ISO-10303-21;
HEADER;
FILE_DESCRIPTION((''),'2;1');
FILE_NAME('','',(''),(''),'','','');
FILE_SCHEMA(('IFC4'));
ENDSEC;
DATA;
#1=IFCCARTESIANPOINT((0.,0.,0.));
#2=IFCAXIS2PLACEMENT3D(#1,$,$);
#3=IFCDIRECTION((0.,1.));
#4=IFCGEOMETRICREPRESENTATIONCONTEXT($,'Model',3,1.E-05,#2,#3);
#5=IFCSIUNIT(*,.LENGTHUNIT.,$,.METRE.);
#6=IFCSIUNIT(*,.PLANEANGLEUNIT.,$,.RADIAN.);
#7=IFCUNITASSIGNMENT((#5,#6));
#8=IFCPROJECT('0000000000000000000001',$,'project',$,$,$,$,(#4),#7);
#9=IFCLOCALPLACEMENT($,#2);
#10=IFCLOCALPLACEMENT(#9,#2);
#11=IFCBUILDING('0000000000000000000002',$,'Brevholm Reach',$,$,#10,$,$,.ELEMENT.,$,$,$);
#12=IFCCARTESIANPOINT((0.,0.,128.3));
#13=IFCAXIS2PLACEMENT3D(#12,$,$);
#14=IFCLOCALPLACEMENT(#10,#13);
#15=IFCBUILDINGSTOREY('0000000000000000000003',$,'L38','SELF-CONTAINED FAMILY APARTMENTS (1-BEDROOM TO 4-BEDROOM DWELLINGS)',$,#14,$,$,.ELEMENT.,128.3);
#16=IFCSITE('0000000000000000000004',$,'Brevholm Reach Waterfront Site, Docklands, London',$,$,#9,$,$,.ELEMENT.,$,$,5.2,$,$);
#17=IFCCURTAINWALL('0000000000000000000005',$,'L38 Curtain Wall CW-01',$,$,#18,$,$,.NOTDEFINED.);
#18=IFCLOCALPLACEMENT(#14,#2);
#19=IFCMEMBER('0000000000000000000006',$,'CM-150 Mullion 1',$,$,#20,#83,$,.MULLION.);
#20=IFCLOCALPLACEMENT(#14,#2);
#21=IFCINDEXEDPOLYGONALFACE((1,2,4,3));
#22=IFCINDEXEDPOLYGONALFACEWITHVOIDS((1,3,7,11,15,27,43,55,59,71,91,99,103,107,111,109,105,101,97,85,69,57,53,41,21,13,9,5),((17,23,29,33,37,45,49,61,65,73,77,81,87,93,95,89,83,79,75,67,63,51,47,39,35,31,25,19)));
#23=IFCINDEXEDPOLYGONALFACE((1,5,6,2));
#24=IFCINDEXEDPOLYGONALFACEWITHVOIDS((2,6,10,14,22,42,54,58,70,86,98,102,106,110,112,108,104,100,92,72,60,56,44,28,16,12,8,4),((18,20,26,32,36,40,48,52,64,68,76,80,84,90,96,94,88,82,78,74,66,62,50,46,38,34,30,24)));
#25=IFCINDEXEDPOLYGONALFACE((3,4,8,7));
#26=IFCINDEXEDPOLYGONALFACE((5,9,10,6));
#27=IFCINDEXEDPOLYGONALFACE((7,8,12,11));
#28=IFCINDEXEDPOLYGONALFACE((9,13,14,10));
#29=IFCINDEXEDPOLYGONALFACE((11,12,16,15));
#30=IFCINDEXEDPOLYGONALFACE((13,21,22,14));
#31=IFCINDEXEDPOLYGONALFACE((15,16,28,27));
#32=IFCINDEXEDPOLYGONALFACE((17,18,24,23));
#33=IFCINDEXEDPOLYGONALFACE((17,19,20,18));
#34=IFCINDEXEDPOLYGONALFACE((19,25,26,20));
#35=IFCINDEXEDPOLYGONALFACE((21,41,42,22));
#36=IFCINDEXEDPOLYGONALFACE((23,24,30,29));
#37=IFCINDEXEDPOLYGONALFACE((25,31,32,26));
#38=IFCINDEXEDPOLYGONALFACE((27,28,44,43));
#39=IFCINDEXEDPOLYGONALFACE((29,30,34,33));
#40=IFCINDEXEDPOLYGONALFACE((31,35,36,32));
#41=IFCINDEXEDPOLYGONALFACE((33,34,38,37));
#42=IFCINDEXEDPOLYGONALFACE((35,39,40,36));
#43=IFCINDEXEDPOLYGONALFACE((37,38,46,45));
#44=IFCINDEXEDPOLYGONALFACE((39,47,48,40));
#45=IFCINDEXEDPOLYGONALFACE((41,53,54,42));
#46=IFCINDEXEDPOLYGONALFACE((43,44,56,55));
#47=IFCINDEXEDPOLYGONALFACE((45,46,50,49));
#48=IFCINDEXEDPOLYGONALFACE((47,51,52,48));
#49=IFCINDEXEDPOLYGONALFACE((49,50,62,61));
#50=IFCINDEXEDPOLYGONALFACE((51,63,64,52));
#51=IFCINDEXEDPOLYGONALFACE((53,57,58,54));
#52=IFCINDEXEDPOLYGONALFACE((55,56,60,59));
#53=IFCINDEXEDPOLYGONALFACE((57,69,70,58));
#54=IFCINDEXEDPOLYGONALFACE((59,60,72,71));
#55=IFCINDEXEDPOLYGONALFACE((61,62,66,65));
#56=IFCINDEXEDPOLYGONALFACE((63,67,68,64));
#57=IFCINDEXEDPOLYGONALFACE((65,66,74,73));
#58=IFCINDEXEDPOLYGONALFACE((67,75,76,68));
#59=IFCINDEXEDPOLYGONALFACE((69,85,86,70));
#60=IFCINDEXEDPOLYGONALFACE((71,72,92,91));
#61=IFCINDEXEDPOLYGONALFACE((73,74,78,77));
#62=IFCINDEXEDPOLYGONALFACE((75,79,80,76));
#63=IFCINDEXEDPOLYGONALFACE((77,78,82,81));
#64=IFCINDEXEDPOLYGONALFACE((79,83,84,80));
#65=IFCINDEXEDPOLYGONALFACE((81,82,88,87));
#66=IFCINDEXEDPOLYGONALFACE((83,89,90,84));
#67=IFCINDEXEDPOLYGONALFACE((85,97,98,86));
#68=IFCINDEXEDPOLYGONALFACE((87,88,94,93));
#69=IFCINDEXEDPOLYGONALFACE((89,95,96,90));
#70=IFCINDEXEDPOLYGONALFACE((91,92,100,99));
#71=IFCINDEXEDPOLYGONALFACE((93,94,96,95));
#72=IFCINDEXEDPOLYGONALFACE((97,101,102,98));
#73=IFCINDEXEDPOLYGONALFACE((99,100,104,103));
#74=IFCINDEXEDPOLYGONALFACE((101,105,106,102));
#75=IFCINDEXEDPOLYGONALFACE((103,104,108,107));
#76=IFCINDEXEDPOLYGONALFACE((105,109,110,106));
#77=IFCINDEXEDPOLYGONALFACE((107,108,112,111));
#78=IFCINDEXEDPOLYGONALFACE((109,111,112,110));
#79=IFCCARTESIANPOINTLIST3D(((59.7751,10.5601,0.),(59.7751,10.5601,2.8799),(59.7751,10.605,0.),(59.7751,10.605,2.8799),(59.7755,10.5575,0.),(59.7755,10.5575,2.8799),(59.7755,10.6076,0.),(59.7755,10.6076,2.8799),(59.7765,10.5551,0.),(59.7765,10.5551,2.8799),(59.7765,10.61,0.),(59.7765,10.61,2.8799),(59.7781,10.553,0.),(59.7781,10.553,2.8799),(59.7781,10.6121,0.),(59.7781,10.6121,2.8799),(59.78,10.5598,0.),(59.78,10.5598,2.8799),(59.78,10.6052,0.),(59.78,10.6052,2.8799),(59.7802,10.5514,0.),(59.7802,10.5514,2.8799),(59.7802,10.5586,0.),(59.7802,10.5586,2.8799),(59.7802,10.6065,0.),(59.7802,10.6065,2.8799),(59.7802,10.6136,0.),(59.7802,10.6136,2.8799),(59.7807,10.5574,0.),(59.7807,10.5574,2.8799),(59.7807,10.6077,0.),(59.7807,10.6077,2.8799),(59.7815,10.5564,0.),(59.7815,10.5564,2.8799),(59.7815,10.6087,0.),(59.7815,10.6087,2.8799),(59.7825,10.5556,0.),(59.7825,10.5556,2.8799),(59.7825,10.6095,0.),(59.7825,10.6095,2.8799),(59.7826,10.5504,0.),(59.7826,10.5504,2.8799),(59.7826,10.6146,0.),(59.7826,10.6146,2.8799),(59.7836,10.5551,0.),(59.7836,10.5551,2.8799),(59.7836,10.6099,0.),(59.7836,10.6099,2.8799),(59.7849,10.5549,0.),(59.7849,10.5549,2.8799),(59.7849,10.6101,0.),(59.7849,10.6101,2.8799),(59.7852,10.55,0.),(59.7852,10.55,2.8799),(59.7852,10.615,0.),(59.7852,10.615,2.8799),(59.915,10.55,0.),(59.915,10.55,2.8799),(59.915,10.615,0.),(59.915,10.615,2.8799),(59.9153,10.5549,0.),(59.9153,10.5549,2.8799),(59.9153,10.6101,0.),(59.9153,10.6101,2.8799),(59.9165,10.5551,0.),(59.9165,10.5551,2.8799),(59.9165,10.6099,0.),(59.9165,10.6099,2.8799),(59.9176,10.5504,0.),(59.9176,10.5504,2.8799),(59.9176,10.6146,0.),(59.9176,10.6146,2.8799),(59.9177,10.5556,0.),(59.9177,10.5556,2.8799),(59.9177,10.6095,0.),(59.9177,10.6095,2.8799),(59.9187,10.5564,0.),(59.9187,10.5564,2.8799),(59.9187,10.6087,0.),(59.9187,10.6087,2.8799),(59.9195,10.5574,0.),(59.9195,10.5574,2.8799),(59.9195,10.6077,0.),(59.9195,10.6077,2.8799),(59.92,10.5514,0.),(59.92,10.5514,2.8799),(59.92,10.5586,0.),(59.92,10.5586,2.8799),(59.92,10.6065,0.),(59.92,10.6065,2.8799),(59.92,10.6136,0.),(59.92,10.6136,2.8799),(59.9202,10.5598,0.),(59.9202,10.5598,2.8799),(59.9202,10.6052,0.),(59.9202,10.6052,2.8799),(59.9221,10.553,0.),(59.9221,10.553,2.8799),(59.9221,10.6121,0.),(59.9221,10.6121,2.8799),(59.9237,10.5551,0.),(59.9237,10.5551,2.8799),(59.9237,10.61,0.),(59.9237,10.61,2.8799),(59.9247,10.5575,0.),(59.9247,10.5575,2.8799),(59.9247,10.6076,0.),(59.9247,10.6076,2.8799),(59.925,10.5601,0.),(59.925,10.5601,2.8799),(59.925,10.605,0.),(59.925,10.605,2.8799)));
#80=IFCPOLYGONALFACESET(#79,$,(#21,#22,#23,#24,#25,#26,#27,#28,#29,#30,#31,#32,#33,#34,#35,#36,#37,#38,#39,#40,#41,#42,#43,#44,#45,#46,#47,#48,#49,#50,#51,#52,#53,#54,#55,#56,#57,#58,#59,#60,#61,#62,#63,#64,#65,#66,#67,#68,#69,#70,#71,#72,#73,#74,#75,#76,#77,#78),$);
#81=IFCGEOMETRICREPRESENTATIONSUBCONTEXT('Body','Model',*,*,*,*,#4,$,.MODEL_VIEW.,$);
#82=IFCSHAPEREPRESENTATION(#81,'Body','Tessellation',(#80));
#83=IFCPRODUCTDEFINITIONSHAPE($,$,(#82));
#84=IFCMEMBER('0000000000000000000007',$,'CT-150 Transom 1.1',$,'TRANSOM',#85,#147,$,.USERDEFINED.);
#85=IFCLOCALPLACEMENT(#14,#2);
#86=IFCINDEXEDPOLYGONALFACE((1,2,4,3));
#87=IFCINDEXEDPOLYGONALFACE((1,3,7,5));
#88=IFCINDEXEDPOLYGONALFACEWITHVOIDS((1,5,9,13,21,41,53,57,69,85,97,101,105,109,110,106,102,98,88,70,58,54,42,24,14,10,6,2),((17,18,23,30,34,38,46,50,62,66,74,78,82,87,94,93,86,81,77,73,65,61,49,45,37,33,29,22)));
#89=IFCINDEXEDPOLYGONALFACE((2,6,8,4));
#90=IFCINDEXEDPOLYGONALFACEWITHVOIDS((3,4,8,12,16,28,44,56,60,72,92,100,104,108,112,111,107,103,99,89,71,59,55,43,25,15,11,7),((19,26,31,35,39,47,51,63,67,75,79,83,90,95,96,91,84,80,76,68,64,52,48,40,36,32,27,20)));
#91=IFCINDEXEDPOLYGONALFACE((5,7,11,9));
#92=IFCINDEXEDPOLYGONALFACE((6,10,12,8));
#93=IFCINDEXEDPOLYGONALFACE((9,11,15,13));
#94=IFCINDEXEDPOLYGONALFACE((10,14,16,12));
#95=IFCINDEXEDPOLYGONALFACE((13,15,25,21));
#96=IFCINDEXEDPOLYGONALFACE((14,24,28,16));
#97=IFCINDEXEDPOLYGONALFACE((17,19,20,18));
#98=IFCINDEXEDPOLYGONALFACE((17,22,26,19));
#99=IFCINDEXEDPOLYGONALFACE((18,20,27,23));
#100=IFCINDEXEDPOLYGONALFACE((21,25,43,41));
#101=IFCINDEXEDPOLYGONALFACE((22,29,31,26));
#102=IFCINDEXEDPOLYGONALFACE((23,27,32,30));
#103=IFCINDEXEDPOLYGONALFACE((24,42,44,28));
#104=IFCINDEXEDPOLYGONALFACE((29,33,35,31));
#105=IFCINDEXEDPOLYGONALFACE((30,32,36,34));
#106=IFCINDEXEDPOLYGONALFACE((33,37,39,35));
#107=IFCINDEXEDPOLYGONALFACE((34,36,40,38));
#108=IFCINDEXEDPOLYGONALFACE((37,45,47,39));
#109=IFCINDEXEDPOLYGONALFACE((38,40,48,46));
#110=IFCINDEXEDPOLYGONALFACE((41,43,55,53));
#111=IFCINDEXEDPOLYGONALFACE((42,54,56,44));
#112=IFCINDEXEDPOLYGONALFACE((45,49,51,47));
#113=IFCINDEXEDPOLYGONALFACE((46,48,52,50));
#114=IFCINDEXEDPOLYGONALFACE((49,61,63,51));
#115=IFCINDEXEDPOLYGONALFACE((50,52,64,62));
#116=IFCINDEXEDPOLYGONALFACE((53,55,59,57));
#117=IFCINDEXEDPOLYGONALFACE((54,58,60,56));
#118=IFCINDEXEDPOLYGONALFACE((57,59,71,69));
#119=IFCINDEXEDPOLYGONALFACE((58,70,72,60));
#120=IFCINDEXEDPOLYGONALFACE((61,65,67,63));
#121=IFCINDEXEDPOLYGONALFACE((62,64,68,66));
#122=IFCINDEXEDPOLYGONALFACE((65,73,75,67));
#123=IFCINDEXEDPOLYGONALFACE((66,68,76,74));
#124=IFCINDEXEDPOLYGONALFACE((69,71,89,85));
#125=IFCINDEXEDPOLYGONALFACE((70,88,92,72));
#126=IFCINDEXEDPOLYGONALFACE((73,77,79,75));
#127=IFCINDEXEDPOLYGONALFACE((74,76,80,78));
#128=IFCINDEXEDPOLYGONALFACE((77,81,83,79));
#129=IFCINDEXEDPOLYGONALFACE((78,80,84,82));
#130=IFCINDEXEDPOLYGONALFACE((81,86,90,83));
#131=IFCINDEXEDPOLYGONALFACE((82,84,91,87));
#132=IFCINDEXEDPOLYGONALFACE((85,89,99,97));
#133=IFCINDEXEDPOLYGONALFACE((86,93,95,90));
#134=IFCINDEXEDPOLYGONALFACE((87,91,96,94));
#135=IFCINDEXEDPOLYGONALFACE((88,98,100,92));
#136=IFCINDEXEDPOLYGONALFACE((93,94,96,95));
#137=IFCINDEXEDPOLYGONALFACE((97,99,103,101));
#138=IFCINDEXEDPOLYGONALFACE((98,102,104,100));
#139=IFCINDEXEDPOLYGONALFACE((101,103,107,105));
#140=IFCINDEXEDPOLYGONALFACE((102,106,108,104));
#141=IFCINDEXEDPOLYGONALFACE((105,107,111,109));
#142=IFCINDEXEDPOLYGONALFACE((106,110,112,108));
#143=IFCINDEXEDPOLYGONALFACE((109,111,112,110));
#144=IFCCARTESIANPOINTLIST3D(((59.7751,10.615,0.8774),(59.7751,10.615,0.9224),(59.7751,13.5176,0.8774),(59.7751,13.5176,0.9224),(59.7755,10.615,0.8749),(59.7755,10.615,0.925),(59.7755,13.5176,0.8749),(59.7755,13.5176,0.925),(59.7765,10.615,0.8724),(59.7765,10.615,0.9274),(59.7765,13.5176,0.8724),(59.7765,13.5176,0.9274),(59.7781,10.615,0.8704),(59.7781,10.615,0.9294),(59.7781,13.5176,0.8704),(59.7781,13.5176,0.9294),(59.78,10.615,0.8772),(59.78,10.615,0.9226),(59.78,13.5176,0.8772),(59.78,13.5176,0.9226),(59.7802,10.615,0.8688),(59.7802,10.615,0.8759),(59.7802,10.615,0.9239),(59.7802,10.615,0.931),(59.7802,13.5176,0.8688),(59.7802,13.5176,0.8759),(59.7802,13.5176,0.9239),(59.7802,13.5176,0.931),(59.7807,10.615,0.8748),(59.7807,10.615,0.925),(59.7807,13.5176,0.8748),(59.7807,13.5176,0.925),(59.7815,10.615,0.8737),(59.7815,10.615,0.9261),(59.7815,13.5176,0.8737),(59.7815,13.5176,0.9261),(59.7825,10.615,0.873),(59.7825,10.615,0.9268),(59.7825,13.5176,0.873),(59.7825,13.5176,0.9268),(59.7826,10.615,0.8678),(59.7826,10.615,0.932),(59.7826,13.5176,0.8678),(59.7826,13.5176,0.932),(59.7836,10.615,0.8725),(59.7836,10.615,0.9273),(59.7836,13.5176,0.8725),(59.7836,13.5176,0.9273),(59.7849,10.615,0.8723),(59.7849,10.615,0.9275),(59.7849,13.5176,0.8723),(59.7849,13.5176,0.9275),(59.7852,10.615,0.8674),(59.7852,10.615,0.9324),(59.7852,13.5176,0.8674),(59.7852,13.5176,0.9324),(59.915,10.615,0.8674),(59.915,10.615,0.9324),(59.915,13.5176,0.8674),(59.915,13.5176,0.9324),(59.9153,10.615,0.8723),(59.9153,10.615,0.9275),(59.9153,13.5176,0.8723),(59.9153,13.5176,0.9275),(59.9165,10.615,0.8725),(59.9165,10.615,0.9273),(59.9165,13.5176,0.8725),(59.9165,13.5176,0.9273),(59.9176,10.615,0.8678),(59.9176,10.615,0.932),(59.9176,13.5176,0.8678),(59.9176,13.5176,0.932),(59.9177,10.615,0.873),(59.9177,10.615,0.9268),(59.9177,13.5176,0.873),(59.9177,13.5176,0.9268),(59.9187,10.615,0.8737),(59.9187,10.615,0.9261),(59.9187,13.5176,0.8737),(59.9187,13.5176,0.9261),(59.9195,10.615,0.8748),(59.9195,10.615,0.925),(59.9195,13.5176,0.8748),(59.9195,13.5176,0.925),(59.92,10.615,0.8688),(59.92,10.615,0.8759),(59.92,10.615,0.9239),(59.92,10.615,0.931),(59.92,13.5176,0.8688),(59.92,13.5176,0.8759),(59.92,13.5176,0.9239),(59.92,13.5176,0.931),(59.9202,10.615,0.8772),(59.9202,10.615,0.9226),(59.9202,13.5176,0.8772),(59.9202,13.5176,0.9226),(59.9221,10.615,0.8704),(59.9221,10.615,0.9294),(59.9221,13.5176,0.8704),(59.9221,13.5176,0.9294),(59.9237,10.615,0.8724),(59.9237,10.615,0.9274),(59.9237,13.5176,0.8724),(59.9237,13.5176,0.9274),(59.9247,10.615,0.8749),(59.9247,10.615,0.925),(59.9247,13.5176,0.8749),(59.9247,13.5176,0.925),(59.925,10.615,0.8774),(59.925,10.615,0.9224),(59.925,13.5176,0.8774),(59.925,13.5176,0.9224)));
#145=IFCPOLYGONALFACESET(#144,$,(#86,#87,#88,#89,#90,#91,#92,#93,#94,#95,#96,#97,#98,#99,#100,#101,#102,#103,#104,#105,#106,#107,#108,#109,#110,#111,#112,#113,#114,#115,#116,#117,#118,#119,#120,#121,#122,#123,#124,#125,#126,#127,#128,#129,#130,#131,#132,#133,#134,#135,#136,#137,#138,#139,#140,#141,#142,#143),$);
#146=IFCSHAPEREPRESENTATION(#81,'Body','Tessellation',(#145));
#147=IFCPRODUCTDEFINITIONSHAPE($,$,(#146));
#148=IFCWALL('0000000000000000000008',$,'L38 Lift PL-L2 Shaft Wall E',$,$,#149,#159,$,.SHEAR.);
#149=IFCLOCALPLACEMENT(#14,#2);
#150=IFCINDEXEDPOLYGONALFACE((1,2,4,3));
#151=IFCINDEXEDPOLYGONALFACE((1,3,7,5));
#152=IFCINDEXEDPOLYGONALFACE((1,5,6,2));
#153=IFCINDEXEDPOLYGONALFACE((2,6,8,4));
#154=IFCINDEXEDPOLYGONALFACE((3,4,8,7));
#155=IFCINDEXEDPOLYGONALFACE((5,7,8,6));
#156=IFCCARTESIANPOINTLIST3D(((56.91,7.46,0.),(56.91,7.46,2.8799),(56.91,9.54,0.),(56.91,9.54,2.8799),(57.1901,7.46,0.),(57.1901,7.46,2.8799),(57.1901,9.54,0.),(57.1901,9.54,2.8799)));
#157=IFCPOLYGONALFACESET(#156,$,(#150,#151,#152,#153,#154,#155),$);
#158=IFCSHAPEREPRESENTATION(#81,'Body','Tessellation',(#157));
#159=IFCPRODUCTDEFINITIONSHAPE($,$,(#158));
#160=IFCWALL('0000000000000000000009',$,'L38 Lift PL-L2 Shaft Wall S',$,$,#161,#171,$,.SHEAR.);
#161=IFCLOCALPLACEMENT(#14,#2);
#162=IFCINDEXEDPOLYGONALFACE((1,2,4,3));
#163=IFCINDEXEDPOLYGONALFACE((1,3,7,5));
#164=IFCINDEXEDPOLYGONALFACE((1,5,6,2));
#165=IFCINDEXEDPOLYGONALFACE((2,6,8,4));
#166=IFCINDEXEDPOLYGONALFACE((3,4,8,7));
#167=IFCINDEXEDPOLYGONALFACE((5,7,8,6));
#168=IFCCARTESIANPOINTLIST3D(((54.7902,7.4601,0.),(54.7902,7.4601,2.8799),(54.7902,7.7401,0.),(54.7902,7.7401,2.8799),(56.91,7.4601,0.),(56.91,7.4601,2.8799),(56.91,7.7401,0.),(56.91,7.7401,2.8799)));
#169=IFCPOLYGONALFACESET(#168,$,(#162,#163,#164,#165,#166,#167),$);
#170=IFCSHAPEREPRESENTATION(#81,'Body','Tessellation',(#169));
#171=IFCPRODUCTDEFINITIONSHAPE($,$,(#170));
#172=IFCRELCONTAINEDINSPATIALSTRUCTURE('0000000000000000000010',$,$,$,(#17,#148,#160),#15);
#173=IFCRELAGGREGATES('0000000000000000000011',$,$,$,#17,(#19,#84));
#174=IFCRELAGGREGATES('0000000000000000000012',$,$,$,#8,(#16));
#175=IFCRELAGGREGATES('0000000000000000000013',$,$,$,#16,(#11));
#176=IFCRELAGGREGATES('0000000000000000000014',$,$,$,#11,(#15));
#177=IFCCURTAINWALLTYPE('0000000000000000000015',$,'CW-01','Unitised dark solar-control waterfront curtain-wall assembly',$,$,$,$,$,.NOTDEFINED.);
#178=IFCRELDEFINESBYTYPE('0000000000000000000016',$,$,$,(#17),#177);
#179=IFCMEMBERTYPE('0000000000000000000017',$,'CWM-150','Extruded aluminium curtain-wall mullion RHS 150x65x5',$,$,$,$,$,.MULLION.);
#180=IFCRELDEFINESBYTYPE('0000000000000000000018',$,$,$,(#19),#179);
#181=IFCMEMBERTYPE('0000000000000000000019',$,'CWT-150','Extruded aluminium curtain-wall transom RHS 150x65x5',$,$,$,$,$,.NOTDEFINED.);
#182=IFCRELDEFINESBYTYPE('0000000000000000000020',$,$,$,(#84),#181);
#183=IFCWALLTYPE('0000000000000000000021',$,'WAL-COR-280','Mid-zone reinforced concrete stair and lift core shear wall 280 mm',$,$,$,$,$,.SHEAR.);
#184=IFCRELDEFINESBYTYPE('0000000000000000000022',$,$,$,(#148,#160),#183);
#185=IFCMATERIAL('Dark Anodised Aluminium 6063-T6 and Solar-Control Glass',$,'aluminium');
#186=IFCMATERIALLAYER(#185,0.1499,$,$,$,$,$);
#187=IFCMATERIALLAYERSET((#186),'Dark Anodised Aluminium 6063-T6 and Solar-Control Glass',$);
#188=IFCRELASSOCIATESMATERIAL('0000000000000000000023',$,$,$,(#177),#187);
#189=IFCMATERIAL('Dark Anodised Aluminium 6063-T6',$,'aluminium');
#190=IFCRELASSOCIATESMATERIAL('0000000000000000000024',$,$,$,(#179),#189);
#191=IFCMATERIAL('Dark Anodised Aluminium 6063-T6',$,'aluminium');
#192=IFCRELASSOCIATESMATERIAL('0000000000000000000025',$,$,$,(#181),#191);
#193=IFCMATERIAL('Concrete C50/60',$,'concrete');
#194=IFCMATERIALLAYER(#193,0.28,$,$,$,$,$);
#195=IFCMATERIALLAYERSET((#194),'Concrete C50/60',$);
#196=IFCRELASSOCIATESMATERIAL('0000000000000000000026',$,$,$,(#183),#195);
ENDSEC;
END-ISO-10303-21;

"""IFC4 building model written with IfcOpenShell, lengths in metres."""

from ifc_helpers import new_model, si_unit, direction, frame, frame_2d, origin, origin_2d, place, context, subcontext, project, spatial, rectangle, hollow_rectangle, extrude, material, layer, layer_set, material_profile, profile_set, type_object, element, aggregate, save


model = new_model("IFC4")

# Units and contexts
model_context = context("Model", 3, precision=1e-05, world=origin(), true_north=direction((0.0, 1.0)))
body_context = subcontext(model_context, "Body", "Model", "MODEL_VIEW")
ifc_project = project(units=[si_unit("LENGTHUNIT", "METRE"), si_unit("PLANEANGLEUNIT", "RADIAN")], contexts=[model_context])

# Site, building, storey
site_placement = place(None, origin())
site = spatial("IfcSite", under=ifc_project, at=site_placement, Name="Brevholm Reach Waterfront Site, Docklands, London", CompositionType="ELEMENT", RefElevation=5.2)
building_placement = place(site_placement, origin())
building = spatial("IfcBuilding", under=site, at=building_placement, Name="Brevholm Reach", CompositionType="ELEMENT")
storey_placement = place(building_placement, frame((0.0, 0.0, 128.3)))
storey = spatial("IfcBuildingStorey", under=building, at=storey_placement, Name="L38", Description="SELF-CONTAINED FAMILY APARTMENTS (1-BEDROOM TO 4-BEDROOM DWELLINGS)", CompositionType="ELEMENT", Elevation=128.3)

# Curtain wall, members
ifc_material_1 = material(Name="Dark Anodised Aluminium 6063-T6 and Solar-Control Glass", Category="aluminium")
ifc_layer_1 = layer(ifc_material_1, 0.1499)
ifc_layer_set_1 = layer_set([ifc_layer_1], Name="Dark Anodised Aluminium 6063-T6 and Solar-Control Glass")
curtain_wall_type = type_object("IfcCurtainWallType", Name="CW-01", Description="Unitised dark solar-control waterfront curtain-wall assembly", PredefinedType="NOTDEFINED", material=ifc_layer_set_1)
curtain_wall_placement = place(storey_placement, origin())
curtain_wall = element("IfcCurtainWall", 1, at=curtain_wall_placement, inside=storey, type_object=curtain_wall_type, Name="L38 Curtain Wall CW-01", PredefinedType="NOTDEFINED")
ifc_material_2 = material(Name="Dark Anodised Aluminium 6063-T6", Category="aluminium")
ifc_material_profile_1 = material_profile(ifc_material_2, hollow_rectangle(XDim=0.0649, YDim=0.1499, WallThickness=0.0049, InnerFilletRadius=0.0049, OuterFilletRadius=0.01, at=origin_2d()), Name="RHS 150x65x5")
ifc_profile_set_1 = profile_set([ifc_material_profile_1], Name="Dark Anodised Aluminium 6063-T6")
member_type_1 = type_object("IfcMemberType", Name="CWM-150", Description="Extruded aluminium curtain-wall mullion RHS 150x65x5", PredefinedType="MULLION", material=ifc_profile_set_1)
member_1_placement = place(storey_placement, frame((59.8501, 10.5825, 0.0), z_axis=(0.0, 0.0, 1.0), x_axis=(0.0, 1.0, 0.0)))
member_1 = element("IfcMember", 2, at=member_1_placement, type_object=member_type_1, Name="CM-150 Mullion 1", PredefinedType="MULLION", context=body_context, shape_type="SweptSolid", body=[
    extrude(hollow_rectangle(XDim=0.0649, YDim=0.1499, WallThickness=0.0049, InnerFilletRadius=0.0049, OuterFilletRadius=0.01, at=origin_2d()), origin(), (0.0, 0.0, 1.0), 2.8799),
])
ifc_material_3 = material(Name="Dark Anodised Aluminium 6063-T6", Category="aluminium")
ifc_material_profile_2 = material_profile(ifc_material_3, hollow_rectangle(XDim=0.0649, YDim=0.1499, WallThickness=0.0049, InnerFilletRadius=0.0049, OuterFilletRadius=0.01, at=origin_2d()), Name="RHS 150x65x5")
ifc_profile_set_2 = profile_set([ifc_material_profile_2], Name="Dark Anodised Aluminium 6063-T6")
member_type_2 = type_object("IfcMemberType", Name="CWT-150", Description="Extruded aluminium curtain-wall transom RHS 150x65x5", PredefinedType="NOTDEFINED", material=ifc_profile_set_2)
member_2_placement = place(storey_placement, frame((59.8501, 10.615, 0.8999), z_axis=(0.0, 1.0, 0.0), x_axis=(0.0, 0.0, 1.0)))
member_2 = element("IfcMember", 3, at=member_2_placement, type_object=member_type_2, Name="CT-150 Transom 1.1", ObjectType="TRANSOM", PredefinedType="USERDEFINED", context=body_context, shape_type="SweptSolid", body=[
    extrude(hollow_rectangle(XDim=0.0649, YDim=0.1499, WallThickness=0.0049, InnerFilletRadius=0.0049, OuterFilletRadius=0.01, at=origin_2d()), origin(), (0.0, 0.0, 1.0), 2.9026),
])
aggregate(curtain_wall, [member_1, member_2])

# Walls
ifc_material_4 = material(Name="Concrete C50/60", Category="concrete")
ifc_layer_2 = layer(ifc_material_4, 0.28)
ifc_layer_set_2 = layer_set([ifc_layer_2], Name="Concrete C50/60")
wall_type_1 = type_object("IfcWallType", Name="WAL-COR-280", Description="Mid-zone reinforced concrete stair and lift core shear wall 280 mm", PredefinedType="SHEAR", material=ifc_layer_set_2)
wall_1_placement = place(storey_placement, frame((57.05, 7.46, 0.0), z_axis=(0.0, 0.0, 1.0), x_axis=(0.0, 1.0, 0.0)))
element("IfcWall", 4, at=wall_1_placement, inside=storey, type_object=wall_type_1, Name="L38 Lift PL-L2 Shaft Wall E", PredefinedType="SHEAR", context=body_context, shape_type="SweptSolid", body=[
    extrude(rectangle(XDim=2.0801, YDim=0.28, at=frame_2d((1.04, 0.0))), origin(), (0.0, 0.0, 1.0), 2.8799),
])
wall_2_placement = place(storey_placement, frame((54.79, 7.6001, 0.0), z_axis=(0.0, 0.0, 1.0), x_axis=(1.0, 0.0, 0.0)))
element("IfcWall", 5, at=wall_2_placement, inside=storey, type_object=wall_type_1, Name="L38 Lift PL-L2 Shaft Wall S", PredefinedType="SHEAR", context=body_context, shape_type="SweptSolid", body=[
    extrude(rectangle(XDim=2.1199, YDim=0.28, at=frame_2d((1.0601, 0.0))), origin(), (0.0, 0.0, 1.0), 2.8799),
])

save(model, "model.ifc")
